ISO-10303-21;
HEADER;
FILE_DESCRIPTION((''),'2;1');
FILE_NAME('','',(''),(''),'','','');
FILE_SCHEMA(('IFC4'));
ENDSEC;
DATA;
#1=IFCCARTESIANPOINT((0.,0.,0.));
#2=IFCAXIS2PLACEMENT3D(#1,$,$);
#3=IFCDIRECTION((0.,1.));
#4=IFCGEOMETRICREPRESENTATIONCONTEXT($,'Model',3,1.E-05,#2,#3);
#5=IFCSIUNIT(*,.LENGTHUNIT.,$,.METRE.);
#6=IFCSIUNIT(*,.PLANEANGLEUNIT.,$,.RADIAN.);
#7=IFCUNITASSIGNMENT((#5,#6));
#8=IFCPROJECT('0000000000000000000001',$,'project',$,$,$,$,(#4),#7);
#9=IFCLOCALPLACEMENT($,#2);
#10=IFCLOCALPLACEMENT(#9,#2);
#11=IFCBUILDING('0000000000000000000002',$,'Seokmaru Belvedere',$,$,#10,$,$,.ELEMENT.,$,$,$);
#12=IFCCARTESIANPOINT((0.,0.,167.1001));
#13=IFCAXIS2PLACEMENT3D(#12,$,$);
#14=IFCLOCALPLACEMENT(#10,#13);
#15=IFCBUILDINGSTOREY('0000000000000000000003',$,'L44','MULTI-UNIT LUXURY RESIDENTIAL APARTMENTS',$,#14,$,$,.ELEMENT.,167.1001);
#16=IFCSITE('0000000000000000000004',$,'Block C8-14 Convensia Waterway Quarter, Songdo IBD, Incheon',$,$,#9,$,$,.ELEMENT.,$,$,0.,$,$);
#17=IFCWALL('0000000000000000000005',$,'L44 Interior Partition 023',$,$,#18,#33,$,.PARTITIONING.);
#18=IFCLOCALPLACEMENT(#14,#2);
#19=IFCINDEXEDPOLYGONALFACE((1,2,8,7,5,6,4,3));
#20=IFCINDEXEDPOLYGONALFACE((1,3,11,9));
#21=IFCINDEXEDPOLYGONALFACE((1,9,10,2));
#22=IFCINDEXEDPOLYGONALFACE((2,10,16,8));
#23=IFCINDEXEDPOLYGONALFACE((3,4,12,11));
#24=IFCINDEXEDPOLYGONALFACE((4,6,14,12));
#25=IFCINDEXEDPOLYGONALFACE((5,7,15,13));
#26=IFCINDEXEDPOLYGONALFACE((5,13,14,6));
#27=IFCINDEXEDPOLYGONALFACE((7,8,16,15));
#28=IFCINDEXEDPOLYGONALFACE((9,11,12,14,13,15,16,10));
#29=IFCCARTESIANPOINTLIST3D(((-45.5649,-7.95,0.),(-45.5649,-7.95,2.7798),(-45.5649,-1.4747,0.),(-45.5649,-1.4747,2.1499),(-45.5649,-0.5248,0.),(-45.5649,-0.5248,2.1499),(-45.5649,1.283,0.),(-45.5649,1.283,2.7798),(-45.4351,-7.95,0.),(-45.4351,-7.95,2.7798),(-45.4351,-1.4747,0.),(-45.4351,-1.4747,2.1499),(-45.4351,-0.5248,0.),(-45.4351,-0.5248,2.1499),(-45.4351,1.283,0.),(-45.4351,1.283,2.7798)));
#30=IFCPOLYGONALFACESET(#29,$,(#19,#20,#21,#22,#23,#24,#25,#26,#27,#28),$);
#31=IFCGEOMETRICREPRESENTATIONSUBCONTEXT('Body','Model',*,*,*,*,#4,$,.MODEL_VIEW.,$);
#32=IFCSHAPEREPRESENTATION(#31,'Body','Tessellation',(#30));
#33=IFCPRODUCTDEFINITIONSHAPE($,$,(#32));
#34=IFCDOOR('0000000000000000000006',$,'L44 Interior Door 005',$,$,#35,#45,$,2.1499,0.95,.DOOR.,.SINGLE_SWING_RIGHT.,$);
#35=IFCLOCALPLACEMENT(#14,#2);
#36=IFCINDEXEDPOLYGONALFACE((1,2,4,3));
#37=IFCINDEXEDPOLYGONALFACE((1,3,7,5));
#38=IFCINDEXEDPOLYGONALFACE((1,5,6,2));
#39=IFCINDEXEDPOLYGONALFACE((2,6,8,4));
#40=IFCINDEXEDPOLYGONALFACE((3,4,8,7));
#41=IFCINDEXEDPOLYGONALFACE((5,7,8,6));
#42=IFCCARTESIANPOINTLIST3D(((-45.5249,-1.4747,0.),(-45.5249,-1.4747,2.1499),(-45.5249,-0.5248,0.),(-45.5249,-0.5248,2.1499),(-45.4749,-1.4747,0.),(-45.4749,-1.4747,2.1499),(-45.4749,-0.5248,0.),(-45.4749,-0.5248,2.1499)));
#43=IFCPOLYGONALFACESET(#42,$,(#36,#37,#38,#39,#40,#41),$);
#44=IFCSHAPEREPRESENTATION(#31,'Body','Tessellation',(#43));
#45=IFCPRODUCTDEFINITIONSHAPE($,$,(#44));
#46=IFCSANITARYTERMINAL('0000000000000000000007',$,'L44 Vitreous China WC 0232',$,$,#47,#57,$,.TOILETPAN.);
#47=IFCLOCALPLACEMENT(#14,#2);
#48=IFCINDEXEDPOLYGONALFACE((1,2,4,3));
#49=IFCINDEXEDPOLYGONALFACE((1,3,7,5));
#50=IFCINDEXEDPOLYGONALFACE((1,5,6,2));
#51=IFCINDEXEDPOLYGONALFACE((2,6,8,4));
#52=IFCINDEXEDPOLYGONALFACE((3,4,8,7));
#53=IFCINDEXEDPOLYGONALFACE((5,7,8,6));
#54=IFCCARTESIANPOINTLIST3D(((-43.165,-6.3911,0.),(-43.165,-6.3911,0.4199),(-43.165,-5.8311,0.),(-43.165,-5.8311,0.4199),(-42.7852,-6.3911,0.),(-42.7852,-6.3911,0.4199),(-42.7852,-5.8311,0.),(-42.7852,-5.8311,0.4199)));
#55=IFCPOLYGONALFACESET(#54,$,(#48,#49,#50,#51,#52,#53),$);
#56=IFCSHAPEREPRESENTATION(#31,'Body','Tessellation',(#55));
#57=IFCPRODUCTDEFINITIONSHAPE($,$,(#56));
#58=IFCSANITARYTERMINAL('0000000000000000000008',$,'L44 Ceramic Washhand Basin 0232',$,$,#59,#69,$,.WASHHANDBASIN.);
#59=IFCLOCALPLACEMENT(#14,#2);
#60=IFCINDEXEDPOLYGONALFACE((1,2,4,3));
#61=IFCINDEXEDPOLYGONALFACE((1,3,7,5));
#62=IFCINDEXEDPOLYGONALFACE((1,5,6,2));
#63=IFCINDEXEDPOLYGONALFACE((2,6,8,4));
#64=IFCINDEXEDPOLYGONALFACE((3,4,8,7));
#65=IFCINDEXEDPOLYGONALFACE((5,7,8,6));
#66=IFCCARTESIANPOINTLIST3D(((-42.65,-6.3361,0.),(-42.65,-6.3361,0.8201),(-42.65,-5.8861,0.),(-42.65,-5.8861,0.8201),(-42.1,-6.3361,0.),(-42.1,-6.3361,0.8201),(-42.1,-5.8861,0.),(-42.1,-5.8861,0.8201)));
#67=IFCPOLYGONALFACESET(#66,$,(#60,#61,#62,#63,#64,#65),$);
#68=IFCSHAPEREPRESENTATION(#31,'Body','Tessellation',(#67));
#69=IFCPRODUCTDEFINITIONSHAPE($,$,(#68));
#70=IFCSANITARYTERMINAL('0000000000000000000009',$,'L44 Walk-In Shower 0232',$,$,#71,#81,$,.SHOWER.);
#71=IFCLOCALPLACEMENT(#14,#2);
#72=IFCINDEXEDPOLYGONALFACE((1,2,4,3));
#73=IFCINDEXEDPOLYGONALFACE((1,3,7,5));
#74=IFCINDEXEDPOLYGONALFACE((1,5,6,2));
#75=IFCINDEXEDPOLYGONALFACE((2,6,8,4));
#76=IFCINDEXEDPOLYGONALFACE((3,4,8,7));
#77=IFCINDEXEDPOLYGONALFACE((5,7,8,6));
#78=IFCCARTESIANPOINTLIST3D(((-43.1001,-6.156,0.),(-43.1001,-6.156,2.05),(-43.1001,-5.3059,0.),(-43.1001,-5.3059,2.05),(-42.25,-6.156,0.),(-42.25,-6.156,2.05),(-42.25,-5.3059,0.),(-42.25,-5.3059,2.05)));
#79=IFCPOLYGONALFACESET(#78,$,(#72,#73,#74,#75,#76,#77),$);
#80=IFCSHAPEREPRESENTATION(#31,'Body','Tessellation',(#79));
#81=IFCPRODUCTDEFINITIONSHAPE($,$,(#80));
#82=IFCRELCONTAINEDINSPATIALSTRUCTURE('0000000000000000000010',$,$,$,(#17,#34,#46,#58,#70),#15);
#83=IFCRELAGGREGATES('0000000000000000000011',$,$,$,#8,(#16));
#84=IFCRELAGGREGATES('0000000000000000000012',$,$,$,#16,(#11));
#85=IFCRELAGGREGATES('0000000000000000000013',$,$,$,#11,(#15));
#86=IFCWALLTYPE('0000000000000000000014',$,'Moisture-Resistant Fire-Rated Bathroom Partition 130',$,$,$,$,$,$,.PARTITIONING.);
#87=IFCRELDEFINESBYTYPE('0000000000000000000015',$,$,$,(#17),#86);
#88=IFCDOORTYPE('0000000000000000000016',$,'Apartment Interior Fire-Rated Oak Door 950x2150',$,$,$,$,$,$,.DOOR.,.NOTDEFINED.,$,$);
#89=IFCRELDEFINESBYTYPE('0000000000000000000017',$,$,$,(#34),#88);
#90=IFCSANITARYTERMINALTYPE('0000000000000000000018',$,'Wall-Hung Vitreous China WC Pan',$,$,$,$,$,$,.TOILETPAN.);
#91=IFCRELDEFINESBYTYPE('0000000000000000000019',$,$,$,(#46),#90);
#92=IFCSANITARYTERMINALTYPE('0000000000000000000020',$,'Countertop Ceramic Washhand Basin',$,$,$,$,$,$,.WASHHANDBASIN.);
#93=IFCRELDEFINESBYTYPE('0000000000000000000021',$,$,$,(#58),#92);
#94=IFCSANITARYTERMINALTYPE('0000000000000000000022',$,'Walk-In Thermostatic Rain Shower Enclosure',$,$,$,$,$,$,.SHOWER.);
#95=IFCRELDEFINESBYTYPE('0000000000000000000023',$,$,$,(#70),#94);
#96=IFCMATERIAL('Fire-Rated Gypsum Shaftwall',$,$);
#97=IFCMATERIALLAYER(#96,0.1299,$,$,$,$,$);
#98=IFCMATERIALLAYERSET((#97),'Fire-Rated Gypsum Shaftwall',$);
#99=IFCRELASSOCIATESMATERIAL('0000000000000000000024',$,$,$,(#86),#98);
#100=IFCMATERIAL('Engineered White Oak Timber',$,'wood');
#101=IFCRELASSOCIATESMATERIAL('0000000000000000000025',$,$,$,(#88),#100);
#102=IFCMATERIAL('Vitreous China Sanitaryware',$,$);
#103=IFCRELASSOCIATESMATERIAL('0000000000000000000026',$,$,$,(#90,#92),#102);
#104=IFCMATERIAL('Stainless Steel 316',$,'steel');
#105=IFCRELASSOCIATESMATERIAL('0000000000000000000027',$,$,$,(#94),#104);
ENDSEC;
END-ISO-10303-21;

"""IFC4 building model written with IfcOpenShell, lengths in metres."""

from ifc_helpers import new_model, si_unit, direction, frame, frame_2d, origin, origin_2d, place, context, subcontext, project, spatial, rectangle, extrude, source, transform, mapped, material, layer, layer_set, type_object, type_shapes, element, fill, save


model = new_model("IFC4")

# Units and contexts
model_context = context("Model", 3, precision=1e-05, world=origin(), true_north=direction((0.0, 1.0)))
body_context = subcontext(model_context, "Body", "Model", "MODEL_VIEW")
ifc_project = project(units=[si_unit("LENGTHUNIT", "METRE"), si_unit("PLANEANGLEUNIT", "RADIAN")], contexts=[model_context])

# Site, building, storey
site_placement = place(None, origin())
site = spatial("IfcSite", under=ifc_project, at=site_placement, Name="Block C8-14 Convensia Waterway Quarter, Songdo IBD, Incheon", CompositionType="ELEMENT", RefElevation=0.0)
building_placement = place(site_placement, origin())
building = spatial("IfcBuilding", under=site, at=building_placement, Name="Seokmaru Belvedere", CompositionType="ELEMENT")
storey_placement = place(building_placement, frame((0.0, 0.0, 167.1001)))
storey = spatial("IfcBuildingStorey", under=building, at=storey_placement, Name="L44", Description="MULTI-UNIT LUXURY RESIDENTIAL APARTMENTS", CompositionType="ELEMENT", Elevation=167.1001)

# Shared definitions
ifc_material_1 = material(Name="Fire-Rated Gypsum Shaftwall")

# Wall, opening, door
ifc_layer_1 = layer(ifc_material_1, 0.1299)
ifc_layer_set_1 = layer_set([ifc_layer_1], Name="Fire-Rated Gypsum Shaftwall")
wall_type_1 = type_object("IfcWallType", Name="Moisture-Resistant Fire-Rated Bathroom Partition 130", PredefinedType="PARTITIONING", material=ifc_layer_set_1)
ifc_material_2 = material(Name="Engineered White Oak Timber", Category="wood")
wall_1_placement = place(storey_placement, frame((-45.5, -7.95, 0.0), z_axis=(0.0, 0.0, 1.0), x_axis=(0.0, 1.0, 0.0)))
wall_1 = element("IfcWall", 1, at=wall_1_placement, inside=storey, type_object=wall_type_1, Name="L44 Interior Partition 023", PredefinedType="PARTITIONING", context=body_context, shape_type="SweptSolid", body=[
    extrude(rectangle(XDim=9.2329, YDim=0.1299, at=frame_2d((4.6165, 0.0))), origin(), (0.0, 0.0, 1.0), 2.7798),
])
opening_1_placement = place(wall_1_placement, frame((6.4751, 0.0, 0.0)))
opening_1 = element("IfcOpeningElement", 2, at=opening_1_placement, cuts=wall_1, PredefinedType="OPENING", context=body_context, shape_type="SweptSolid", body=[
    extrude(rectangle(XDim=0.95, YDim=2.1499, at=frame_2d((0.4751, 1.075))), frame((0.0, 0.075, 0.0), z_axis=(0.0, -1.0, 0.0), x_axis=(1.0, 0.0, 0.0)), (0.0, 0.0, 1.0), 0.1499),
])
door_type_1 = type_object("IfcDoorType", Name="Apartment Interior Fire-Rated Oak Door 950x2150", OperationType="NOTDEFINED", PredefinedType="DOOR", material=ifc_material_2)
shared_shape_1 = source(origin(), body_context, "Body", "SweptSolid", [
    extrude(rectangle(XDim=0.95, YDim=2.1499, at=frame_2d((0.4751, 1.075))), frame((0.0, 0.0249, 0.0), z_axis=(0.0, -1.0, 0.0), x_axis=(1.0, 0.0, 0.0)), (0.0, 0.0, 1.0), 0.05),
])
type_shapes(door_type_1, [shared_shape_1])
door_1_placement = place(opening_1_placement, origin())
door_1 = element("IfcDoor", 3, at=door_1_placement, inside=storey, type_object=door_type_1, Name="L44 Interior Door 005", OperationType="SINGLE_SWING_RIGHT", OverallHeight=2.1499, OverallWidth=0.95, PredefinedType="DOOR", context=body_context, shape_type="MappedRepresentation", body=[
    mapped(shared_shape_1, transform((0.0, 0.0, 0.0), scale=1.0)),
])
fill(opening_1, door_1)

# Sanitary terminals
ifc_material_3 = material(Name="Vitreous China Sanitaryware")
sanitary_terminal_type_1 = type_object("IfcSanitaryTerminalType", Name="Wall-Hung Vitreous China WC Pan", PredefinedType="TOILETPAN", material=ifc_material_3)
shared_shape_2 = source(origin(), body_context, "Body", "SweptSolid", [
    extrude(rectangle(XDim=0.3799, YDim=0.5601, at=origin_2d()), origin(), (0.0, 0.0, 1.0), 0.4199),
])
type_shapes(sanitary_terminal_type_1, [shared_shape_2])
sanitary_terminal_1_placement = place(storey_placement, frame((-42.9751, -6.1111, 0.0), z_axis=(0.0, 0.0, 1.0), x_axis=(1.0, 0.0, 0.0)))
element("IfcSanitaryTerminal", 4, at=sanitary_terminal_1_placement, inside=storey, type_object=sanitary_terminal_type_1, Name="L44 Vitreous China WC 0232", PredefinedType="TOILETPAN", context=body_context, shape_type="MappedRepresentation", body=[
    mapped(shared_shape_2, transform((0.0, 0.0, 0.0), scale=1.0)),
])
sanitary_terminal_type_2 = type_object("IfcSanitaryTerminalType", Name="Countertop Ceramic Washhand Basin", PredefinedType="WASHHANDBASIN", material=ifc_material_3)
shared_shape_3 = source(origin(), body_context, "Body", "SweptSolid", [
    extrude(rectangle(XDim=0.55, YDim=0.45, at=origin_2d()), origin(), (0.0, 0.0, 1.0), 0.8201),
])
type_shapes(sanitary_terminal_type_2, [shared_shape_3])
sanitary_terminal_2_placement = place(storey_placement, frame((-42.375, -6.1111, 0.0), z_axis=(0.0, 0.0, 1.0), x_axis=(1.0, 0.0, 0.0)))
element("IfcSanitaryTerminal", 5, at=sanitary_terminal_2_placement, inside=storey, type_object=sanitary_terminal_type_2, Name="L44 Ceramic Washhand Basin 0232", PredefinedType="WASHHANDBASIN", context=body_context, shape_type="MappedRepresentation", body=[
    mapped(shared_shape_3, transform((0.0, 0.0, 0.0), scale=1.0)),
])
ifc_material_4 = material(Name="Stainless Steel 316", Category="steel")
sanitary_terminal_type_3 = type_object("IfcSanitaryTerminalType", Name="Walk-In Thermostatic Rain Shower Enclosure", PredefinedType="SHOWER", material=ifc_material_4)
shared_shape_4 = source(origin(), body_context, "Body", "SweptSolid", [
    extrude(rectangle(XDim=0.8501, YDim=0.8501, at=origin_2d()), origin(), (0.0, 0.0, 1.0), 2.05),
])
type_shapes(sanitary_terminal_type_3, [shared_shape_4])
sanitary_terminal_3_placement = place(storey_placement, frame((-42.675, -5.731, 0.0), z_axis=(0.0, 0.0, 1.0), x_axis=(1.0, 0.0, 0.0)))
element("IfcSanitaryTerminal", 6, at=sanitary_terminal_3_placement, inside=storey, type_object=sanitary_terminal_type_3, Name="L44 Walk-In Shower 0232", PredefinedType="SHOWER", context=body_context, shape_type="MappedRepresentation", body=[
    mapped(shared_shape_4, transform((0.0, 0.0, 0.0), scale=1.0)),
])

save(model, "model.ifc")
